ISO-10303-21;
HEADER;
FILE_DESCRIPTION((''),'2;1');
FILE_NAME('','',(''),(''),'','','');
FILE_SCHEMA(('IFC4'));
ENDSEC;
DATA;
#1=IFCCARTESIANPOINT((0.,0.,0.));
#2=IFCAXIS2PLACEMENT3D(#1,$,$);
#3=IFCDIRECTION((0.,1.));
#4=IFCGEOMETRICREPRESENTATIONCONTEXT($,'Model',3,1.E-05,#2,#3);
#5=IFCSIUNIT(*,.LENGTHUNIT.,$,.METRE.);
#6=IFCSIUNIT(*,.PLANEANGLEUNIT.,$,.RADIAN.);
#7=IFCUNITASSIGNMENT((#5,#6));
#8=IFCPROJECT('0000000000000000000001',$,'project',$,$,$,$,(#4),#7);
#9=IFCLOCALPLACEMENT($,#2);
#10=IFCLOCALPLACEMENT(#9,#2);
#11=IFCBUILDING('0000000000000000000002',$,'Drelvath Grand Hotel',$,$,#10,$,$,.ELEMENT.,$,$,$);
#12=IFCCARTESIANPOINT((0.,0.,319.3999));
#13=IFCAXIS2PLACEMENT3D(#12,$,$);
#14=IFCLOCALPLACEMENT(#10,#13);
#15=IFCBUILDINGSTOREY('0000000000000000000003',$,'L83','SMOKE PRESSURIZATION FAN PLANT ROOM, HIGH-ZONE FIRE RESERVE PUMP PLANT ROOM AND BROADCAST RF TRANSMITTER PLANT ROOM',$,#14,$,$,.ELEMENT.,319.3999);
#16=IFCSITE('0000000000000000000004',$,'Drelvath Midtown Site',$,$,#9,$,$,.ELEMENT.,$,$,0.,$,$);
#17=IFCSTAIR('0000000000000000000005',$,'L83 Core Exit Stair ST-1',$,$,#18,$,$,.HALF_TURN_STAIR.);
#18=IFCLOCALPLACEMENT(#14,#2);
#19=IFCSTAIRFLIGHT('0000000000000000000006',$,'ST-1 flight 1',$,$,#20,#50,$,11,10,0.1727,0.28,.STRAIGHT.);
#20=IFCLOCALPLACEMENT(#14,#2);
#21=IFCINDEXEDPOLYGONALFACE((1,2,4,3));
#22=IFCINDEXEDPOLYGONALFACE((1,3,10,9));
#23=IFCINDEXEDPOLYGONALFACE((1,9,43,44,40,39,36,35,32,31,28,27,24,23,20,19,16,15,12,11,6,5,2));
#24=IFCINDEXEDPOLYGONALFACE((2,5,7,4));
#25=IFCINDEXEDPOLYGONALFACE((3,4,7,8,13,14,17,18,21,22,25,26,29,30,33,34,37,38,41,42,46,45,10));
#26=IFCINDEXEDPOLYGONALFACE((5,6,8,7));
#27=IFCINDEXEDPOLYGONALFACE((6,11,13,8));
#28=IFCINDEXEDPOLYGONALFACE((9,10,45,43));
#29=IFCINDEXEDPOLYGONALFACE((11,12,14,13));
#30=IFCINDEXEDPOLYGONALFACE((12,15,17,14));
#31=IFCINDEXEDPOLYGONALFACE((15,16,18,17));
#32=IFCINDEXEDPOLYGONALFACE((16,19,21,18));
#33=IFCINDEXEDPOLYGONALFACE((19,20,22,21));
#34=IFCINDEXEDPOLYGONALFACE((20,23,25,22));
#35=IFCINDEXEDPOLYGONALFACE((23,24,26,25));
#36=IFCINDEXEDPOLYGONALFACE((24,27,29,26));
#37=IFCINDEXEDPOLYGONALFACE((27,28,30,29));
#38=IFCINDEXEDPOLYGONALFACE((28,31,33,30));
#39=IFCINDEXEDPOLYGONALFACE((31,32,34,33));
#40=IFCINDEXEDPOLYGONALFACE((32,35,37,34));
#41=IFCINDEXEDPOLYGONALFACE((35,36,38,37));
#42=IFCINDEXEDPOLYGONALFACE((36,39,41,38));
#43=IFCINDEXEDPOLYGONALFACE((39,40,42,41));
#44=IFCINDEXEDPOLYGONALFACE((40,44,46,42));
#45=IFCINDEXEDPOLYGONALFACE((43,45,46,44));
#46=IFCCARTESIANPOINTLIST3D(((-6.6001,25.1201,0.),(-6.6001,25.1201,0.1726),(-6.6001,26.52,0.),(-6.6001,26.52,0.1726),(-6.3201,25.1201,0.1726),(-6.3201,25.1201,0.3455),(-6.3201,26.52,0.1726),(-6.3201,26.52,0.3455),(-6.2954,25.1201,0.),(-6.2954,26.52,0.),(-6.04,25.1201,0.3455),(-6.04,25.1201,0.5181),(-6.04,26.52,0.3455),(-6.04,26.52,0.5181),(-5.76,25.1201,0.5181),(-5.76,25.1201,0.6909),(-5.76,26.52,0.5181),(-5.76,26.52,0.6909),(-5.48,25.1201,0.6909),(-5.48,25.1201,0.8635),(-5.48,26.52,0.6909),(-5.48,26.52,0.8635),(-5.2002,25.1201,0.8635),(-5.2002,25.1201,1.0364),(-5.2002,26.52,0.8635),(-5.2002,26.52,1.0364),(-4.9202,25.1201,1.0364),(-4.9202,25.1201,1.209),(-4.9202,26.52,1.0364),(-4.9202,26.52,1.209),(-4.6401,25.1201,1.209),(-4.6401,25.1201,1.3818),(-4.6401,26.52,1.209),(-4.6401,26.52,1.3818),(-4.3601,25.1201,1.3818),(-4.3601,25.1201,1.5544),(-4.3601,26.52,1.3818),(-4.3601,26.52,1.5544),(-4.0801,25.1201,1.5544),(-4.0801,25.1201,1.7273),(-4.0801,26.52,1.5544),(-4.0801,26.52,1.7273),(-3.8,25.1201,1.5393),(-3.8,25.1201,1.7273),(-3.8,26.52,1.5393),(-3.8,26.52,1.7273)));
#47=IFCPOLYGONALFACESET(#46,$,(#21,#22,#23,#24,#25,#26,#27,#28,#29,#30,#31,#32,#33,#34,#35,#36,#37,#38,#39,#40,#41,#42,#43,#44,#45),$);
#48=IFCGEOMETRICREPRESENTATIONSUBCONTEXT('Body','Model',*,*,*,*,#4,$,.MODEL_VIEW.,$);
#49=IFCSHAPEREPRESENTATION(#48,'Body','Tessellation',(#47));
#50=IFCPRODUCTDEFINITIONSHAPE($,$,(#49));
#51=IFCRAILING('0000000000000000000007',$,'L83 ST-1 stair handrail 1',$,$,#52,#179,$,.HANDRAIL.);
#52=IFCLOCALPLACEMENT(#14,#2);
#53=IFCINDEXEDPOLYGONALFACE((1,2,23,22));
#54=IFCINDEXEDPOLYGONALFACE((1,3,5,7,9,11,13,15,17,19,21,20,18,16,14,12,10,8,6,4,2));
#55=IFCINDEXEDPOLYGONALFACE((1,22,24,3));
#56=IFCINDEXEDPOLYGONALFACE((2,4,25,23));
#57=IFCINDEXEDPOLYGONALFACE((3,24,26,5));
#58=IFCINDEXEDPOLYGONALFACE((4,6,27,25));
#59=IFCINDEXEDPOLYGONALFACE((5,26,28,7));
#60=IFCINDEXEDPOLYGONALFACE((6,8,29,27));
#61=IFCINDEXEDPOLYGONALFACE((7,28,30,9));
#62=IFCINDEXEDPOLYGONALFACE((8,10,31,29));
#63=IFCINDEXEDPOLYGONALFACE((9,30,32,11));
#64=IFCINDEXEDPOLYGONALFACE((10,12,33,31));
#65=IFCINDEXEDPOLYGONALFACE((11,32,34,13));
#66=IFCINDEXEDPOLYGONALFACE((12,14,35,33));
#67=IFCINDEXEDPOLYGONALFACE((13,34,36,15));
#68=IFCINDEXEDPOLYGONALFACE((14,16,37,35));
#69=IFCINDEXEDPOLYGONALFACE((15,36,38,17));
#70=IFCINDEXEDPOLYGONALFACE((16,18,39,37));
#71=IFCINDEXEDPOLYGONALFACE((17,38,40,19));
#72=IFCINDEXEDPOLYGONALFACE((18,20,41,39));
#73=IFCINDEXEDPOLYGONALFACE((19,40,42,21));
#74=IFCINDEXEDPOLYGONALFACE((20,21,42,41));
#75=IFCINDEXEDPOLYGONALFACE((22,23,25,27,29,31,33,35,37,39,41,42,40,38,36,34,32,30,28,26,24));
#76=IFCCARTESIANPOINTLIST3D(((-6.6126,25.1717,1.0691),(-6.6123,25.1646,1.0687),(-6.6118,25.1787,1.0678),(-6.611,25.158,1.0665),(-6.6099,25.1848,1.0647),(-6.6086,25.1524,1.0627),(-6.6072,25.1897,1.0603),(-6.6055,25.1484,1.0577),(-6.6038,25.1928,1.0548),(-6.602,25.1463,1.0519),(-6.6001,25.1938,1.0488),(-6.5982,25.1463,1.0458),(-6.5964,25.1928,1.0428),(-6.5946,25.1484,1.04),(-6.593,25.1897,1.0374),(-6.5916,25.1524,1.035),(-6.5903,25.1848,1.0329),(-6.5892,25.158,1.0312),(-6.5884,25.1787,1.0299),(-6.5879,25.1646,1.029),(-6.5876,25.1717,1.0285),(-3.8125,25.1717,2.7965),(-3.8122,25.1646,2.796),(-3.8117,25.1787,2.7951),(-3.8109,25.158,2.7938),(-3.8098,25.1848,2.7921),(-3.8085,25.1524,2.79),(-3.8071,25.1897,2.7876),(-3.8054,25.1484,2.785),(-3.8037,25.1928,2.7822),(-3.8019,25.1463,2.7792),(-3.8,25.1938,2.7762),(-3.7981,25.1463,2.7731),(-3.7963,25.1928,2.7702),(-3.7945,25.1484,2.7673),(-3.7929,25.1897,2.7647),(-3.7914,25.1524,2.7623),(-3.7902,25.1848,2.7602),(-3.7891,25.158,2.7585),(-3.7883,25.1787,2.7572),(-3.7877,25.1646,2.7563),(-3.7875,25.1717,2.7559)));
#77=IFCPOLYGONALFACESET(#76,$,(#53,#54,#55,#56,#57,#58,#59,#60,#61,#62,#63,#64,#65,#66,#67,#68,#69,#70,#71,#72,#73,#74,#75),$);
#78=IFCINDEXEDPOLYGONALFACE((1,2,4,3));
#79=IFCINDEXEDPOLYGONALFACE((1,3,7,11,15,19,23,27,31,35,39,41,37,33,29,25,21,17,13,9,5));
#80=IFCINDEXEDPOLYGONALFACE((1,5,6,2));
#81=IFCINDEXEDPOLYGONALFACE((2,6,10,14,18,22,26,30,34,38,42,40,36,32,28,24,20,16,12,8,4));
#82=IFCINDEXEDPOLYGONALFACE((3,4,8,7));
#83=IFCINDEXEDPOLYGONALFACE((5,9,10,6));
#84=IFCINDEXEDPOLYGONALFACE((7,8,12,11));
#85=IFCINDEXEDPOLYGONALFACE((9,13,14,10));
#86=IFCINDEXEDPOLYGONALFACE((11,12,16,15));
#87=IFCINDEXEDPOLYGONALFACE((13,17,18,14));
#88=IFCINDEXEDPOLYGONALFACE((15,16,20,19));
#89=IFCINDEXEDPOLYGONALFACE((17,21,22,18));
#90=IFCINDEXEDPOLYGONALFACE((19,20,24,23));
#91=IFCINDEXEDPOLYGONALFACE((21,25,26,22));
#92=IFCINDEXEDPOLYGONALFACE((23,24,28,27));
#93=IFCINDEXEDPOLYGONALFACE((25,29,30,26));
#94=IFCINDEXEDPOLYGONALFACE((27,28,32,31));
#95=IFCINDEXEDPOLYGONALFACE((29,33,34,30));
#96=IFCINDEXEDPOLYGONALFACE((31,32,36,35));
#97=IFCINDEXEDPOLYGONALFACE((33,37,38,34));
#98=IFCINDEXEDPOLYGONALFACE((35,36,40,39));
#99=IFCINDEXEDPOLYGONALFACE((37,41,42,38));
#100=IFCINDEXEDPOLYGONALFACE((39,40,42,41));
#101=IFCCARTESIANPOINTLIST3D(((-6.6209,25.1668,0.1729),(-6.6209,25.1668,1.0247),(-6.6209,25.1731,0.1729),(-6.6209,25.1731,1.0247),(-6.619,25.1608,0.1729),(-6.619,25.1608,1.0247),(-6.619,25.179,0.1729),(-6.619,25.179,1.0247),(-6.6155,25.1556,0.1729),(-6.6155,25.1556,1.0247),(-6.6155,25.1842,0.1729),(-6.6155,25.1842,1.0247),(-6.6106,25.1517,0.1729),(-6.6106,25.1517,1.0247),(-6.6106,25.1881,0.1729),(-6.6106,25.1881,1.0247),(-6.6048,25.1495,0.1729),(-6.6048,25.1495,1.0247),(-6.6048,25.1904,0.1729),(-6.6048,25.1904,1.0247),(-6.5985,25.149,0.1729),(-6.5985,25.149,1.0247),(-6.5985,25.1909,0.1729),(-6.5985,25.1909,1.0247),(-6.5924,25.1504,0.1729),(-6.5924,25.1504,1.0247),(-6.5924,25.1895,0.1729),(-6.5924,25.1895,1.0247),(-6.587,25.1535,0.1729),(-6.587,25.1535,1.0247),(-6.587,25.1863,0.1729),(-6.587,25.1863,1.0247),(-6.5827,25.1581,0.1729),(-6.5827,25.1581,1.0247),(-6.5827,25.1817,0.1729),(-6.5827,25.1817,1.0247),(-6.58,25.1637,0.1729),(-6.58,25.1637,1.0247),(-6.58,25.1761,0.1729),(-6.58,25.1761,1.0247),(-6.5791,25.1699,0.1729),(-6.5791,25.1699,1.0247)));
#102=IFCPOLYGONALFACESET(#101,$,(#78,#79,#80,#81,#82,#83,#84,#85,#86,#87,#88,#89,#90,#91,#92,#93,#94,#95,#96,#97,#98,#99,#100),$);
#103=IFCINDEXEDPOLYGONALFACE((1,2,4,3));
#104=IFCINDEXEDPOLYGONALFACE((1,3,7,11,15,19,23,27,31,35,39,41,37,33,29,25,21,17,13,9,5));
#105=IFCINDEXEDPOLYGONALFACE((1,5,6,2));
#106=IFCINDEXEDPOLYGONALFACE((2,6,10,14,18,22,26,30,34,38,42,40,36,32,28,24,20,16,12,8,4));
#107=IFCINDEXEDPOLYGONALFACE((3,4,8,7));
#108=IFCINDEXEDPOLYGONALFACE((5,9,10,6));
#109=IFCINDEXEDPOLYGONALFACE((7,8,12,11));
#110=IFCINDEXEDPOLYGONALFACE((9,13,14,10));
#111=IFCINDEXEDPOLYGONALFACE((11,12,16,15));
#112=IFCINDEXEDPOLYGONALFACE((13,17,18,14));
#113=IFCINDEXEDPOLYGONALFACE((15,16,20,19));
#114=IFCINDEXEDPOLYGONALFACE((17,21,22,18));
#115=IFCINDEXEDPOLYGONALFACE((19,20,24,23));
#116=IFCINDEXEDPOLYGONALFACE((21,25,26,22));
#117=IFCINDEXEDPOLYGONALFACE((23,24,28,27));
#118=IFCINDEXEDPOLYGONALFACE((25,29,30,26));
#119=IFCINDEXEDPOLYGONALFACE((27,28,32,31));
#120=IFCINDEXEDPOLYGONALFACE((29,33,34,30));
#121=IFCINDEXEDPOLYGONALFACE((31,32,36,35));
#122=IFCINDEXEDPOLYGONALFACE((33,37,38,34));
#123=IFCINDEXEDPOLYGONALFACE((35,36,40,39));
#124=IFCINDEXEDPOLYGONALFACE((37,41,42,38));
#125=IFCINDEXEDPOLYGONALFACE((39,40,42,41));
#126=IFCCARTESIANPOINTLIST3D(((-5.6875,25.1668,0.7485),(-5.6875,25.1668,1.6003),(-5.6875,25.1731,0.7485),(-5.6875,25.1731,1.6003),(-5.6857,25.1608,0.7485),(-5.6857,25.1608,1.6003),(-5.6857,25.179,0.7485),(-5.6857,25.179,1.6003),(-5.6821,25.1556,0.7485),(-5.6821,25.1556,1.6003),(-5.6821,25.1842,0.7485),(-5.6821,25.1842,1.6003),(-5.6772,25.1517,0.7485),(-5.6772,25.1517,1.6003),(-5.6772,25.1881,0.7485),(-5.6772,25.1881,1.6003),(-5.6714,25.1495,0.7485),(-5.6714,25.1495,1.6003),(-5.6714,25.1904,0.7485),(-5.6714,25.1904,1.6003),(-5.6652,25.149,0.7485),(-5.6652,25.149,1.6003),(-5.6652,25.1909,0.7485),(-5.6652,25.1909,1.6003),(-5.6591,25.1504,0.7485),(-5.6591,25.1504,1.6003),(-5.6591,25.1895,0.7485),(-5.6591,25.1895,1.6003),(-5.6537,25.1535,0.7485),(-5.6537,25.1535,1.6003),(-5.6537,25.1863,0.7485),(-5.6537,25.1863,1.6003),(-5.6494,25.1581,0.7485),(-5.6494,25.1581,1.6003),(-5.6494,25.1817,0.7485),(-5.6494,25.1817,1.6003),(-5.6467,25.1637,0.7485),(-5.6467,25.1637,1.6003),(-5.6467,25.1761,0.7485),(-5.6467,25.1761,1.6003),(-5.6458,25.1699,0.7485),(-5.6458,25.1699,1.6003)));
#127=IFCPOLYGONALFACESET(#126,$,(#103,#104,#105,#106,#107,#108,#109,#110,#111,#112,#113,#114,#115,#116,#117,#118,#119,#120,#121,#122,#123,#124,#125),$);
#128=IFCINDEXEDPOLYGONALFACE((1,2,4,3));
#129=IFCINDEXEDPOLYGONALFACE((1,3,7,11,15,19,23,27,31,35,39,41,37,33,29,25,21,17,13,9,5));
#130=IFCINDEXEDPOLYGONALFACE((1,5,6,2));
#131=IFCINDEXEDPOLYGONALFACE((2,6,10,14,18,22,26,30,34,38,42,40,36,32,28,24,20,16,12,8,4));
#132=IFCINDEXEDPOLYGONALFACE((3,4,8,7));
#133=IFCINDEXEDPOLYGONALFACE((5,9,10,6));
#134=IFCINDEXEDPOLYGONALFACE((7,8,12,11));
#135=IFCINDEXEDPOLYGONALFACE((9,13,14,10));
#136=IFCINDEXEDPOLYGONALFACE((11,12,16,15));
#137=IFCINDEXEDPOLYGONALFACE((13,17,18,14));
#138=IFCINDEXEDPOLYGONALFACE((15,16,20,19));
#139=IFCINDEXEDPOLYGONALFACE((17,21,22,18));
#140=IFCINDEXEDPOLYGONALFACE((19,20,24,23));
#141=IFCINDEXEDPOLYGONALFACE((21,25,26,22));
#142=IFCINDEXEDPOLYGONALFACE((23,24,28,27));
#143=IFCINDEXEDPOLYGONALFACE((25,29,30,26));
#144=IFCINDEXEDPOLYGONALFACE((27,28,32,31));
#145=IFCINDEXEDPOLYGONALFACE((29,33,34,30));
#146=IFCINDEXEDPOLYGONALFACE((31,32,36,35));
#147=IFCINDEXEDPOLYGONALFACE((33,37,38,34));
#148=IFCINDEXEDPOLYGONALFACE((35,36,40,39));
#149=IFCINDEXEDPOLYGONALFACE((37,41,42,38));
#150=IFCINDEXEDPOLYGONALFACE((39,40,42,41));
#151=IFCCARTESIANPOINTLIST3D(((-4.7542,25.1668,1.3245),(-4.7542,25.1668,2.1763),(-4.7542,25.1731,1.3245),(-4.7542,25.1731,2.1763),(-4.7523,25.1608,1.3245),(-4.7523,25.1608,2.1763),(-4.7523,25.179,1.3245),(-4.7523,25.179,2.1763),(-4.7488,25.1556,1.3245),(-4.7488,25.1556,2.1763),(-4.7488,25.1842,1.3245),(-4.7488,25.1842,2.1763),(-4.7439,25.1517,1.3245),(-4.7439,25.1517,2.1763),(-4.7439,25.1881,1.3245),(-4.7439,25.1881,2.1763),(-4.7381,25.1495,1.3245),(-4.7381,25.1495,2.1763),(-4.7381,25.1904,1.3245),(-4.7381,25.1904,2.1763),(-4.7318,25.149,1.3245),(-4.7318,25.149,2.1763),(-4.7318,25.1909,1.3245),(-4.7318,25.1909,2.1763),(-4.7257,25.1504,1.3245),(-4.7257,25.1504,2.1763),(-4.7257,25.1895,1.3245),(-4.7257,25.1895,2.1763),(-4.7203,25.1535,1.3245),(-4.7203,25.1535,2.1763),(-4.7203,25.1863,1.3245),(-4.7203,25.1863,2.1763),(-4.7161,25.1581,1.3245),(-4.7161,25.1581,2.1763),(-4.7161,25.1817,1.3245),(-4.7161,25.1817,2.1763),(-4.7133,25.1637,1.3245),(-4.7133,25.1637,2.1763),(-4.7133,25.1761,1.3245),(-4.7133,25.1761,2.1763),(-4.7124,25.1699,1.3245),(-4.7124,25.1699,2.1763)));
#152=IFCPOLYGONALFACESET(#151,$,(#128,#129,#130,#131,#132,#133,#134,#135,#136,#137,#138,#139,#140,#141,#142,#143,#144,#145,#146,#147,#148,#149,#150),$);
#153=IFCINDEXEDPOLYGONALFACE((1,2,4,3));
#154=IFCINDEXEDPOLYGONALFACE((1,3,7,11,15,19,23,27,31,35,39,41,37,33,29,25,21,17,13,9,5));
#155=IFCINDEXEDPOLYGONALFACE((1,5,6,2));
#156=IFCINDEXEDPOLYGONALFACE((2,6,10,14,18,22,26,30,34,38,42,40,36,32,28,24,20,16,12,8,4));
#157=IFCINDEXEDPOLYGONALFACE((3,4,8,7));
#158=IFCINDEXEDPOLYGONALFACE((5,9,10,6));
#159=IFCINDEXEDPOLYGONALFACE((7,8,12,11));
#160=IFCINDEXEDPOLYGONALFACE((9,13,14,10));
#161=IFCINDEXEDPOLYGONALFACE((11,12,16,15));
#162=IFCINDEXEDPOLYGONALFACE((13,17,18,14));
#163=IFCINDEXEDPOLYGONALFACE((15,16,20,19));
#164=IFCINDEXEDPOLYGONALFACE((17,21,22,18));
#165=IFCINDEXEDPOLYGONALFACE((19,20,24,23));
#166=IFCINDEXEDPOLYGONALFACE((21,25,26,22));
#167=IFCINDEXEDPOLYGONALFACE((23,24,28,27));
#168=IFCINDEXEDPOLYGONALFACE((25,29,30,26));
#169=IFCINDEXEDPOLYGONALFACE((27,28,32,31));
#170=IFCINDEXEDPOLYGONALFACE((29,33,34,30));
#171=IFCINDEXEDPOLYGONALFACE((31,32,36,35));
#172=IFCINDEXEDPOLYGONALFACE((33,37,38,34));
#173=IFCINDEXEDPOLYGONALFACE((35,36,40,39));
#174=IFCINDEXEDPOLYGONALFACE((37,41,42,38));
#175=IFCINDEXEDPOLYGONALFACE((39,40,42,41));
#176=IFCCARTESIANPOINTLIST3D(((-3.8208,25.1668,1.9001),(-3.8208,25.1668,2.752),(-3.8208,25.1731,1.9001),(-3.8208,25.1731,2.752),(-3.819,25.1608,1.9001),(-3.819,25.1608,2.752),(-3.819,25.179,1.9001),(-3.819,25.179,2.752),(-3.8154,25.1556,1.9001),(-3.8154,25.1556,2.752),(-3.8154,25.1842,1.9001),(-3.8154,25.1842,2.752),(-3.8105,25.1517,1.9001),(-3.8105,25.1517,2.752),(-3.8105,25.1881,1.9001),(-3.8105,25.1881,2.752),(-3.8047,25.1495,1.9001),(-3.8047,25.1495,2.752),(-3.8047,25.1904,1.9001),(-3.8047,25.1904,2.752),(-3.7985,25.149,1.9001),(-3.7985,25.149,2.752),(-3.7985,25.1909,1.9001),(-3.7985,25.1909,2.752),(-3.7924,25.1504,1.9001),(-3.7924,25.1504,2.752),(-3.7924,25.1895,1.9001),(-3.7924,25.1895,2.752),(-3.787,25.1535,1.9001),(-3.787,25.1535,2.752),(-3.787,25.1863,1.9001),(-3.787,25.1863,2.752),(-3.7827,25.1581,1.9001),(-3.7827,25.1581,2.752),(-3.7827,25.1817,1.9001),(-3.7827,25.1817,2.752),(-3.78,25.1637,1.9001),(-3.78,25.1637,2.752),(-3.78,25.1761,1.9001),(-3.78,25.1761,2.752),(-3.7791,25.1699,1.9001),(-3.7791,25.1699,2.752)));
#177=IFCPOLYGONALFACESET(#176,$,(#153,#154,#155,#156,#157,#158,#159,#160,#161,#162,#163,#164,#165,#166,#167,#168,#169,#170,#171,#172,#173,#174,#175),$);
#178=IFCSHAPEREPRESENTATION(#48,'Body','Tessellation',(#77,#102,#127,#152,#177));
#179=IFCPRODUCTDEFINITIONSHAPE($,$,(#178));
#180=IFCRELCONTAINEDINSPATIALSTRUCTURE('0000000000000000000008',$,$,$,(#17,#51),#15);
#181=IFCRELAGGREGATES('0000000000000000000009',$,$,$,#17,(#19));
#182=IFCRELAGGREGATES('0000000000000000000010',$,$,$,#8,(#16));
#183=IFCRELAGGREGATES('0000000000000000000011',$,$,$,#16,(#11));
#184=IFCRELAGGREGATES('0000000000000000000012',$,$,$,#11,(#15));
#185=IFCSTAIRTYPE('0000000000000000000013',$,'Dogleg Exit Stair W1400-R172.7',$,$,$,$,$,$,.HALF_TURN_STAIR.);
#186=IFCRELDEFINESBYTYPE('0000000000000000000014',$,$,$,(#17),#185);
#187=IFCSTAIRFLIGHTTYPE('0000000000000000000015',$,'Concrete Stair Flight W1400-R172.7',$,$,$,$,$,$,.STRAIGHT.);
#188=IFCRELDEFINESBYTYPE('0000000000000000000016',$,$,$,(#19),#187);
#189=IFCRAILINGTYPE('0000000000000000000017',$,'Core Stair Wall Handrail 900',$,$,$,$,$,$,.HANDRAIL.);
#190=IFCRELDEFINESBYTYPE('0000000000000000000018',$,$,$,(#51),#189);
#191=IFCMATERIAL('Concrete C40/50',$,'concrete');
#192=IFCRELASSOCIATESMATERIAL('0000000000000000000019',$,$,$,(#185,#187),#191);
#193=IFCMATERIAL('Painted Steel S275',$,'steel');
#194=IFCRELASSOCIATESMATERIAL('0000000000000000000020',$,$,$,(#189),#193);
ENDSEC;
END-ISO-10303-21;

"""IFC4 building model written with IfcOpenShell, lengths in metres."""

from ifc_helpers import new_model, si_unit, direction, frame, origin, origin_2d, place, context, subcontext, project, spatial, polyline, circle, outline, extrude, material, type_object, element, aggregate, save


model = new_model("IFC4")

# Units and contexts
model_context = context("Model", 3, precision=1e-05, world=origin(), true_north=direction((0.0, 1.0)))
body_context = subcontext(model_context, "Body", "Model", "MODEL_VIEW")
ifc_project = project(units=[si_unit("LENGTHUNIT", "METRE"), si_unit("PLANEANGLEUNIT", "RADIAN")], contexts=[model_context])

# Site, building, storey
site_placement = place(None, origin())
site = spatial("IfcSite", under=ifc_project, at=site_placement, Name="Drelvath Midtown Site", CompositionType="ELEMENT", RefElevation=0.0)
building_placement = place(site_placement, origin())
building = spatial("IfcBuilding", under=site, at=building_placement, Name="Drelvath Grand Hotel", CompositionType="ELEMENT")
storey_placement = place(building_placement, frame((0.0, 0.0, 319.3999)))
storey = spatial("IfcBuildingStorey", under=building, at=storey_placement, Name="L83", Description="SMOKE PRESSURIZATION FAN PLANT ROOM, HIGH-ZONE FIRE RESERVE PUMP PLANT ROOM AND BROADCAST RF TRANSMITTER PLANT ROOM", CompositionType="ELEMENT", Elevation=319.3999)

# Shared definitions
ifc_material_1 = material(Name="Concrete C40/50", Category="concrete")
ifc_material_2 = material(Name="Painted Steel S275", Category="steel")

# Stair, stair flight
stair_type = type_object("IfcStairType", Name="Dogleg Exit Stair W1400-R172.7", PredefinedType="HALF_TURN_STAIR", material=ifc_material_1)
stair_placement = place(storey_placement, origin())
stair = element("IfcStair", 1, at=stair_placement, inside=storey, type_object=stair_type, Name="L83 Core Exit Stair ST-1", PredefinedType="HALF_TURN_STAIR")
stair_flight_type = type_object("IfcStairFlightType", Name="Concrete Stair Flight W1400-R172.7", PredefinedType="STRAIGHT", material=ifc_material_1)
stair_flight_placement = place(storey_placement, frame((-6.6001, 25.8201, 0.0), z_axis=(0.0, 0.0, 1.0), x_axis=(1.0, 0.0, 0.0)))
stair_flight = element("IfcStairFlight", 2, at=stair_flight_placement, type_object=stair_flight_type, Name="ST-1 flight 1", NumberOfRisers=11, NumberOfTreads=10, PredefinedType="STRAIGHT", RiserHeight=0.1727, TreadLength=0.28, context=body_context, shape_type="SweptSolid", body=[
    extrude(outline(polyline([(0.0, 0.0), (0.0, 0.1726), (0.28, 0.1726), (0.28, 0.3455), (0.5601, 0.3455), (0.5601, 0.5181), (0.8401, 0.5181), (0.8401, 0.6909), (1.1201, 0.6909), (1.1201, 0.8635), (1.3999, 0.8635), (1.3999, 1.0364), (1.6799, 1.0364), (1.6799, 1.209), (1.96, 1.209), (1.96, 1.3818), (2.24, 1.3818), (2.24, 1.5544), (2.52, 1.5544), (2.52, 1.7273), (2.8, 1.7273), (2.8, 1.8999), (2.8, 1.5393), (0.3047, 0.0), (0.0, 0.0)])), frame((0.0, 0.7, 0.0), z_axis=(0.0, -1.0, 0.0), x_axis=(1.0, 0.0, 0.0)), (0.0, 0.0, 1.0), 1.3999),
])
aggregate(stair, [stair_flight])

# Railing
railing_type_1 = type_object("IfcRailingType", Name="Core Stair Wall Handrail 900", PredefinedType="HANDRAIL", material=ifc_material_2)
railing_1_placement = place(storey_placement, frame((-6.6001, 25.1699, 0.1729)))
element("IfcRailing", 3, at=railing_1_placement, inside=storey, type_object=railing_type_1, Name="L83 ST-1 stair handrail 1", PredefinedType="HANDRAIL", context=body_context, shape_type="SweptSolid", body=[
    extrude(circle(Radius=0.0239, at=origin_2d()), frame((0.0, 0.0, 0.876), z_axis=(0.85109, 0.0, 0.52502), x_axis=(0.0, 1.0, 0.0)), (0.0, 0.0, 1.0), 3.29),
    extrude(circle(Radius=0.021, at=origin_2d()), origin(), (0.0, 0.0, 1.0), 0.8518),
    extrude(circle(Radius=0.021, at=origin_2d()), frame((0.9333, 0.0, 0.5757)), (0.0, 0.0, 1.0), 0.8518),
    extrude(circle(Radius=0.021, at=origin_2d()), frame((1.8667, 0.0, 1.1516)), (0.0, 0.0, 1.0), 0.8518),
    extrude(circle(Radius=0.021, at=origin_2d()), frame((2.8, 0.0, 1.7273)), (0.0, 0.0, 1.0), 0.8518),
])

save(model, "model.ifc")
